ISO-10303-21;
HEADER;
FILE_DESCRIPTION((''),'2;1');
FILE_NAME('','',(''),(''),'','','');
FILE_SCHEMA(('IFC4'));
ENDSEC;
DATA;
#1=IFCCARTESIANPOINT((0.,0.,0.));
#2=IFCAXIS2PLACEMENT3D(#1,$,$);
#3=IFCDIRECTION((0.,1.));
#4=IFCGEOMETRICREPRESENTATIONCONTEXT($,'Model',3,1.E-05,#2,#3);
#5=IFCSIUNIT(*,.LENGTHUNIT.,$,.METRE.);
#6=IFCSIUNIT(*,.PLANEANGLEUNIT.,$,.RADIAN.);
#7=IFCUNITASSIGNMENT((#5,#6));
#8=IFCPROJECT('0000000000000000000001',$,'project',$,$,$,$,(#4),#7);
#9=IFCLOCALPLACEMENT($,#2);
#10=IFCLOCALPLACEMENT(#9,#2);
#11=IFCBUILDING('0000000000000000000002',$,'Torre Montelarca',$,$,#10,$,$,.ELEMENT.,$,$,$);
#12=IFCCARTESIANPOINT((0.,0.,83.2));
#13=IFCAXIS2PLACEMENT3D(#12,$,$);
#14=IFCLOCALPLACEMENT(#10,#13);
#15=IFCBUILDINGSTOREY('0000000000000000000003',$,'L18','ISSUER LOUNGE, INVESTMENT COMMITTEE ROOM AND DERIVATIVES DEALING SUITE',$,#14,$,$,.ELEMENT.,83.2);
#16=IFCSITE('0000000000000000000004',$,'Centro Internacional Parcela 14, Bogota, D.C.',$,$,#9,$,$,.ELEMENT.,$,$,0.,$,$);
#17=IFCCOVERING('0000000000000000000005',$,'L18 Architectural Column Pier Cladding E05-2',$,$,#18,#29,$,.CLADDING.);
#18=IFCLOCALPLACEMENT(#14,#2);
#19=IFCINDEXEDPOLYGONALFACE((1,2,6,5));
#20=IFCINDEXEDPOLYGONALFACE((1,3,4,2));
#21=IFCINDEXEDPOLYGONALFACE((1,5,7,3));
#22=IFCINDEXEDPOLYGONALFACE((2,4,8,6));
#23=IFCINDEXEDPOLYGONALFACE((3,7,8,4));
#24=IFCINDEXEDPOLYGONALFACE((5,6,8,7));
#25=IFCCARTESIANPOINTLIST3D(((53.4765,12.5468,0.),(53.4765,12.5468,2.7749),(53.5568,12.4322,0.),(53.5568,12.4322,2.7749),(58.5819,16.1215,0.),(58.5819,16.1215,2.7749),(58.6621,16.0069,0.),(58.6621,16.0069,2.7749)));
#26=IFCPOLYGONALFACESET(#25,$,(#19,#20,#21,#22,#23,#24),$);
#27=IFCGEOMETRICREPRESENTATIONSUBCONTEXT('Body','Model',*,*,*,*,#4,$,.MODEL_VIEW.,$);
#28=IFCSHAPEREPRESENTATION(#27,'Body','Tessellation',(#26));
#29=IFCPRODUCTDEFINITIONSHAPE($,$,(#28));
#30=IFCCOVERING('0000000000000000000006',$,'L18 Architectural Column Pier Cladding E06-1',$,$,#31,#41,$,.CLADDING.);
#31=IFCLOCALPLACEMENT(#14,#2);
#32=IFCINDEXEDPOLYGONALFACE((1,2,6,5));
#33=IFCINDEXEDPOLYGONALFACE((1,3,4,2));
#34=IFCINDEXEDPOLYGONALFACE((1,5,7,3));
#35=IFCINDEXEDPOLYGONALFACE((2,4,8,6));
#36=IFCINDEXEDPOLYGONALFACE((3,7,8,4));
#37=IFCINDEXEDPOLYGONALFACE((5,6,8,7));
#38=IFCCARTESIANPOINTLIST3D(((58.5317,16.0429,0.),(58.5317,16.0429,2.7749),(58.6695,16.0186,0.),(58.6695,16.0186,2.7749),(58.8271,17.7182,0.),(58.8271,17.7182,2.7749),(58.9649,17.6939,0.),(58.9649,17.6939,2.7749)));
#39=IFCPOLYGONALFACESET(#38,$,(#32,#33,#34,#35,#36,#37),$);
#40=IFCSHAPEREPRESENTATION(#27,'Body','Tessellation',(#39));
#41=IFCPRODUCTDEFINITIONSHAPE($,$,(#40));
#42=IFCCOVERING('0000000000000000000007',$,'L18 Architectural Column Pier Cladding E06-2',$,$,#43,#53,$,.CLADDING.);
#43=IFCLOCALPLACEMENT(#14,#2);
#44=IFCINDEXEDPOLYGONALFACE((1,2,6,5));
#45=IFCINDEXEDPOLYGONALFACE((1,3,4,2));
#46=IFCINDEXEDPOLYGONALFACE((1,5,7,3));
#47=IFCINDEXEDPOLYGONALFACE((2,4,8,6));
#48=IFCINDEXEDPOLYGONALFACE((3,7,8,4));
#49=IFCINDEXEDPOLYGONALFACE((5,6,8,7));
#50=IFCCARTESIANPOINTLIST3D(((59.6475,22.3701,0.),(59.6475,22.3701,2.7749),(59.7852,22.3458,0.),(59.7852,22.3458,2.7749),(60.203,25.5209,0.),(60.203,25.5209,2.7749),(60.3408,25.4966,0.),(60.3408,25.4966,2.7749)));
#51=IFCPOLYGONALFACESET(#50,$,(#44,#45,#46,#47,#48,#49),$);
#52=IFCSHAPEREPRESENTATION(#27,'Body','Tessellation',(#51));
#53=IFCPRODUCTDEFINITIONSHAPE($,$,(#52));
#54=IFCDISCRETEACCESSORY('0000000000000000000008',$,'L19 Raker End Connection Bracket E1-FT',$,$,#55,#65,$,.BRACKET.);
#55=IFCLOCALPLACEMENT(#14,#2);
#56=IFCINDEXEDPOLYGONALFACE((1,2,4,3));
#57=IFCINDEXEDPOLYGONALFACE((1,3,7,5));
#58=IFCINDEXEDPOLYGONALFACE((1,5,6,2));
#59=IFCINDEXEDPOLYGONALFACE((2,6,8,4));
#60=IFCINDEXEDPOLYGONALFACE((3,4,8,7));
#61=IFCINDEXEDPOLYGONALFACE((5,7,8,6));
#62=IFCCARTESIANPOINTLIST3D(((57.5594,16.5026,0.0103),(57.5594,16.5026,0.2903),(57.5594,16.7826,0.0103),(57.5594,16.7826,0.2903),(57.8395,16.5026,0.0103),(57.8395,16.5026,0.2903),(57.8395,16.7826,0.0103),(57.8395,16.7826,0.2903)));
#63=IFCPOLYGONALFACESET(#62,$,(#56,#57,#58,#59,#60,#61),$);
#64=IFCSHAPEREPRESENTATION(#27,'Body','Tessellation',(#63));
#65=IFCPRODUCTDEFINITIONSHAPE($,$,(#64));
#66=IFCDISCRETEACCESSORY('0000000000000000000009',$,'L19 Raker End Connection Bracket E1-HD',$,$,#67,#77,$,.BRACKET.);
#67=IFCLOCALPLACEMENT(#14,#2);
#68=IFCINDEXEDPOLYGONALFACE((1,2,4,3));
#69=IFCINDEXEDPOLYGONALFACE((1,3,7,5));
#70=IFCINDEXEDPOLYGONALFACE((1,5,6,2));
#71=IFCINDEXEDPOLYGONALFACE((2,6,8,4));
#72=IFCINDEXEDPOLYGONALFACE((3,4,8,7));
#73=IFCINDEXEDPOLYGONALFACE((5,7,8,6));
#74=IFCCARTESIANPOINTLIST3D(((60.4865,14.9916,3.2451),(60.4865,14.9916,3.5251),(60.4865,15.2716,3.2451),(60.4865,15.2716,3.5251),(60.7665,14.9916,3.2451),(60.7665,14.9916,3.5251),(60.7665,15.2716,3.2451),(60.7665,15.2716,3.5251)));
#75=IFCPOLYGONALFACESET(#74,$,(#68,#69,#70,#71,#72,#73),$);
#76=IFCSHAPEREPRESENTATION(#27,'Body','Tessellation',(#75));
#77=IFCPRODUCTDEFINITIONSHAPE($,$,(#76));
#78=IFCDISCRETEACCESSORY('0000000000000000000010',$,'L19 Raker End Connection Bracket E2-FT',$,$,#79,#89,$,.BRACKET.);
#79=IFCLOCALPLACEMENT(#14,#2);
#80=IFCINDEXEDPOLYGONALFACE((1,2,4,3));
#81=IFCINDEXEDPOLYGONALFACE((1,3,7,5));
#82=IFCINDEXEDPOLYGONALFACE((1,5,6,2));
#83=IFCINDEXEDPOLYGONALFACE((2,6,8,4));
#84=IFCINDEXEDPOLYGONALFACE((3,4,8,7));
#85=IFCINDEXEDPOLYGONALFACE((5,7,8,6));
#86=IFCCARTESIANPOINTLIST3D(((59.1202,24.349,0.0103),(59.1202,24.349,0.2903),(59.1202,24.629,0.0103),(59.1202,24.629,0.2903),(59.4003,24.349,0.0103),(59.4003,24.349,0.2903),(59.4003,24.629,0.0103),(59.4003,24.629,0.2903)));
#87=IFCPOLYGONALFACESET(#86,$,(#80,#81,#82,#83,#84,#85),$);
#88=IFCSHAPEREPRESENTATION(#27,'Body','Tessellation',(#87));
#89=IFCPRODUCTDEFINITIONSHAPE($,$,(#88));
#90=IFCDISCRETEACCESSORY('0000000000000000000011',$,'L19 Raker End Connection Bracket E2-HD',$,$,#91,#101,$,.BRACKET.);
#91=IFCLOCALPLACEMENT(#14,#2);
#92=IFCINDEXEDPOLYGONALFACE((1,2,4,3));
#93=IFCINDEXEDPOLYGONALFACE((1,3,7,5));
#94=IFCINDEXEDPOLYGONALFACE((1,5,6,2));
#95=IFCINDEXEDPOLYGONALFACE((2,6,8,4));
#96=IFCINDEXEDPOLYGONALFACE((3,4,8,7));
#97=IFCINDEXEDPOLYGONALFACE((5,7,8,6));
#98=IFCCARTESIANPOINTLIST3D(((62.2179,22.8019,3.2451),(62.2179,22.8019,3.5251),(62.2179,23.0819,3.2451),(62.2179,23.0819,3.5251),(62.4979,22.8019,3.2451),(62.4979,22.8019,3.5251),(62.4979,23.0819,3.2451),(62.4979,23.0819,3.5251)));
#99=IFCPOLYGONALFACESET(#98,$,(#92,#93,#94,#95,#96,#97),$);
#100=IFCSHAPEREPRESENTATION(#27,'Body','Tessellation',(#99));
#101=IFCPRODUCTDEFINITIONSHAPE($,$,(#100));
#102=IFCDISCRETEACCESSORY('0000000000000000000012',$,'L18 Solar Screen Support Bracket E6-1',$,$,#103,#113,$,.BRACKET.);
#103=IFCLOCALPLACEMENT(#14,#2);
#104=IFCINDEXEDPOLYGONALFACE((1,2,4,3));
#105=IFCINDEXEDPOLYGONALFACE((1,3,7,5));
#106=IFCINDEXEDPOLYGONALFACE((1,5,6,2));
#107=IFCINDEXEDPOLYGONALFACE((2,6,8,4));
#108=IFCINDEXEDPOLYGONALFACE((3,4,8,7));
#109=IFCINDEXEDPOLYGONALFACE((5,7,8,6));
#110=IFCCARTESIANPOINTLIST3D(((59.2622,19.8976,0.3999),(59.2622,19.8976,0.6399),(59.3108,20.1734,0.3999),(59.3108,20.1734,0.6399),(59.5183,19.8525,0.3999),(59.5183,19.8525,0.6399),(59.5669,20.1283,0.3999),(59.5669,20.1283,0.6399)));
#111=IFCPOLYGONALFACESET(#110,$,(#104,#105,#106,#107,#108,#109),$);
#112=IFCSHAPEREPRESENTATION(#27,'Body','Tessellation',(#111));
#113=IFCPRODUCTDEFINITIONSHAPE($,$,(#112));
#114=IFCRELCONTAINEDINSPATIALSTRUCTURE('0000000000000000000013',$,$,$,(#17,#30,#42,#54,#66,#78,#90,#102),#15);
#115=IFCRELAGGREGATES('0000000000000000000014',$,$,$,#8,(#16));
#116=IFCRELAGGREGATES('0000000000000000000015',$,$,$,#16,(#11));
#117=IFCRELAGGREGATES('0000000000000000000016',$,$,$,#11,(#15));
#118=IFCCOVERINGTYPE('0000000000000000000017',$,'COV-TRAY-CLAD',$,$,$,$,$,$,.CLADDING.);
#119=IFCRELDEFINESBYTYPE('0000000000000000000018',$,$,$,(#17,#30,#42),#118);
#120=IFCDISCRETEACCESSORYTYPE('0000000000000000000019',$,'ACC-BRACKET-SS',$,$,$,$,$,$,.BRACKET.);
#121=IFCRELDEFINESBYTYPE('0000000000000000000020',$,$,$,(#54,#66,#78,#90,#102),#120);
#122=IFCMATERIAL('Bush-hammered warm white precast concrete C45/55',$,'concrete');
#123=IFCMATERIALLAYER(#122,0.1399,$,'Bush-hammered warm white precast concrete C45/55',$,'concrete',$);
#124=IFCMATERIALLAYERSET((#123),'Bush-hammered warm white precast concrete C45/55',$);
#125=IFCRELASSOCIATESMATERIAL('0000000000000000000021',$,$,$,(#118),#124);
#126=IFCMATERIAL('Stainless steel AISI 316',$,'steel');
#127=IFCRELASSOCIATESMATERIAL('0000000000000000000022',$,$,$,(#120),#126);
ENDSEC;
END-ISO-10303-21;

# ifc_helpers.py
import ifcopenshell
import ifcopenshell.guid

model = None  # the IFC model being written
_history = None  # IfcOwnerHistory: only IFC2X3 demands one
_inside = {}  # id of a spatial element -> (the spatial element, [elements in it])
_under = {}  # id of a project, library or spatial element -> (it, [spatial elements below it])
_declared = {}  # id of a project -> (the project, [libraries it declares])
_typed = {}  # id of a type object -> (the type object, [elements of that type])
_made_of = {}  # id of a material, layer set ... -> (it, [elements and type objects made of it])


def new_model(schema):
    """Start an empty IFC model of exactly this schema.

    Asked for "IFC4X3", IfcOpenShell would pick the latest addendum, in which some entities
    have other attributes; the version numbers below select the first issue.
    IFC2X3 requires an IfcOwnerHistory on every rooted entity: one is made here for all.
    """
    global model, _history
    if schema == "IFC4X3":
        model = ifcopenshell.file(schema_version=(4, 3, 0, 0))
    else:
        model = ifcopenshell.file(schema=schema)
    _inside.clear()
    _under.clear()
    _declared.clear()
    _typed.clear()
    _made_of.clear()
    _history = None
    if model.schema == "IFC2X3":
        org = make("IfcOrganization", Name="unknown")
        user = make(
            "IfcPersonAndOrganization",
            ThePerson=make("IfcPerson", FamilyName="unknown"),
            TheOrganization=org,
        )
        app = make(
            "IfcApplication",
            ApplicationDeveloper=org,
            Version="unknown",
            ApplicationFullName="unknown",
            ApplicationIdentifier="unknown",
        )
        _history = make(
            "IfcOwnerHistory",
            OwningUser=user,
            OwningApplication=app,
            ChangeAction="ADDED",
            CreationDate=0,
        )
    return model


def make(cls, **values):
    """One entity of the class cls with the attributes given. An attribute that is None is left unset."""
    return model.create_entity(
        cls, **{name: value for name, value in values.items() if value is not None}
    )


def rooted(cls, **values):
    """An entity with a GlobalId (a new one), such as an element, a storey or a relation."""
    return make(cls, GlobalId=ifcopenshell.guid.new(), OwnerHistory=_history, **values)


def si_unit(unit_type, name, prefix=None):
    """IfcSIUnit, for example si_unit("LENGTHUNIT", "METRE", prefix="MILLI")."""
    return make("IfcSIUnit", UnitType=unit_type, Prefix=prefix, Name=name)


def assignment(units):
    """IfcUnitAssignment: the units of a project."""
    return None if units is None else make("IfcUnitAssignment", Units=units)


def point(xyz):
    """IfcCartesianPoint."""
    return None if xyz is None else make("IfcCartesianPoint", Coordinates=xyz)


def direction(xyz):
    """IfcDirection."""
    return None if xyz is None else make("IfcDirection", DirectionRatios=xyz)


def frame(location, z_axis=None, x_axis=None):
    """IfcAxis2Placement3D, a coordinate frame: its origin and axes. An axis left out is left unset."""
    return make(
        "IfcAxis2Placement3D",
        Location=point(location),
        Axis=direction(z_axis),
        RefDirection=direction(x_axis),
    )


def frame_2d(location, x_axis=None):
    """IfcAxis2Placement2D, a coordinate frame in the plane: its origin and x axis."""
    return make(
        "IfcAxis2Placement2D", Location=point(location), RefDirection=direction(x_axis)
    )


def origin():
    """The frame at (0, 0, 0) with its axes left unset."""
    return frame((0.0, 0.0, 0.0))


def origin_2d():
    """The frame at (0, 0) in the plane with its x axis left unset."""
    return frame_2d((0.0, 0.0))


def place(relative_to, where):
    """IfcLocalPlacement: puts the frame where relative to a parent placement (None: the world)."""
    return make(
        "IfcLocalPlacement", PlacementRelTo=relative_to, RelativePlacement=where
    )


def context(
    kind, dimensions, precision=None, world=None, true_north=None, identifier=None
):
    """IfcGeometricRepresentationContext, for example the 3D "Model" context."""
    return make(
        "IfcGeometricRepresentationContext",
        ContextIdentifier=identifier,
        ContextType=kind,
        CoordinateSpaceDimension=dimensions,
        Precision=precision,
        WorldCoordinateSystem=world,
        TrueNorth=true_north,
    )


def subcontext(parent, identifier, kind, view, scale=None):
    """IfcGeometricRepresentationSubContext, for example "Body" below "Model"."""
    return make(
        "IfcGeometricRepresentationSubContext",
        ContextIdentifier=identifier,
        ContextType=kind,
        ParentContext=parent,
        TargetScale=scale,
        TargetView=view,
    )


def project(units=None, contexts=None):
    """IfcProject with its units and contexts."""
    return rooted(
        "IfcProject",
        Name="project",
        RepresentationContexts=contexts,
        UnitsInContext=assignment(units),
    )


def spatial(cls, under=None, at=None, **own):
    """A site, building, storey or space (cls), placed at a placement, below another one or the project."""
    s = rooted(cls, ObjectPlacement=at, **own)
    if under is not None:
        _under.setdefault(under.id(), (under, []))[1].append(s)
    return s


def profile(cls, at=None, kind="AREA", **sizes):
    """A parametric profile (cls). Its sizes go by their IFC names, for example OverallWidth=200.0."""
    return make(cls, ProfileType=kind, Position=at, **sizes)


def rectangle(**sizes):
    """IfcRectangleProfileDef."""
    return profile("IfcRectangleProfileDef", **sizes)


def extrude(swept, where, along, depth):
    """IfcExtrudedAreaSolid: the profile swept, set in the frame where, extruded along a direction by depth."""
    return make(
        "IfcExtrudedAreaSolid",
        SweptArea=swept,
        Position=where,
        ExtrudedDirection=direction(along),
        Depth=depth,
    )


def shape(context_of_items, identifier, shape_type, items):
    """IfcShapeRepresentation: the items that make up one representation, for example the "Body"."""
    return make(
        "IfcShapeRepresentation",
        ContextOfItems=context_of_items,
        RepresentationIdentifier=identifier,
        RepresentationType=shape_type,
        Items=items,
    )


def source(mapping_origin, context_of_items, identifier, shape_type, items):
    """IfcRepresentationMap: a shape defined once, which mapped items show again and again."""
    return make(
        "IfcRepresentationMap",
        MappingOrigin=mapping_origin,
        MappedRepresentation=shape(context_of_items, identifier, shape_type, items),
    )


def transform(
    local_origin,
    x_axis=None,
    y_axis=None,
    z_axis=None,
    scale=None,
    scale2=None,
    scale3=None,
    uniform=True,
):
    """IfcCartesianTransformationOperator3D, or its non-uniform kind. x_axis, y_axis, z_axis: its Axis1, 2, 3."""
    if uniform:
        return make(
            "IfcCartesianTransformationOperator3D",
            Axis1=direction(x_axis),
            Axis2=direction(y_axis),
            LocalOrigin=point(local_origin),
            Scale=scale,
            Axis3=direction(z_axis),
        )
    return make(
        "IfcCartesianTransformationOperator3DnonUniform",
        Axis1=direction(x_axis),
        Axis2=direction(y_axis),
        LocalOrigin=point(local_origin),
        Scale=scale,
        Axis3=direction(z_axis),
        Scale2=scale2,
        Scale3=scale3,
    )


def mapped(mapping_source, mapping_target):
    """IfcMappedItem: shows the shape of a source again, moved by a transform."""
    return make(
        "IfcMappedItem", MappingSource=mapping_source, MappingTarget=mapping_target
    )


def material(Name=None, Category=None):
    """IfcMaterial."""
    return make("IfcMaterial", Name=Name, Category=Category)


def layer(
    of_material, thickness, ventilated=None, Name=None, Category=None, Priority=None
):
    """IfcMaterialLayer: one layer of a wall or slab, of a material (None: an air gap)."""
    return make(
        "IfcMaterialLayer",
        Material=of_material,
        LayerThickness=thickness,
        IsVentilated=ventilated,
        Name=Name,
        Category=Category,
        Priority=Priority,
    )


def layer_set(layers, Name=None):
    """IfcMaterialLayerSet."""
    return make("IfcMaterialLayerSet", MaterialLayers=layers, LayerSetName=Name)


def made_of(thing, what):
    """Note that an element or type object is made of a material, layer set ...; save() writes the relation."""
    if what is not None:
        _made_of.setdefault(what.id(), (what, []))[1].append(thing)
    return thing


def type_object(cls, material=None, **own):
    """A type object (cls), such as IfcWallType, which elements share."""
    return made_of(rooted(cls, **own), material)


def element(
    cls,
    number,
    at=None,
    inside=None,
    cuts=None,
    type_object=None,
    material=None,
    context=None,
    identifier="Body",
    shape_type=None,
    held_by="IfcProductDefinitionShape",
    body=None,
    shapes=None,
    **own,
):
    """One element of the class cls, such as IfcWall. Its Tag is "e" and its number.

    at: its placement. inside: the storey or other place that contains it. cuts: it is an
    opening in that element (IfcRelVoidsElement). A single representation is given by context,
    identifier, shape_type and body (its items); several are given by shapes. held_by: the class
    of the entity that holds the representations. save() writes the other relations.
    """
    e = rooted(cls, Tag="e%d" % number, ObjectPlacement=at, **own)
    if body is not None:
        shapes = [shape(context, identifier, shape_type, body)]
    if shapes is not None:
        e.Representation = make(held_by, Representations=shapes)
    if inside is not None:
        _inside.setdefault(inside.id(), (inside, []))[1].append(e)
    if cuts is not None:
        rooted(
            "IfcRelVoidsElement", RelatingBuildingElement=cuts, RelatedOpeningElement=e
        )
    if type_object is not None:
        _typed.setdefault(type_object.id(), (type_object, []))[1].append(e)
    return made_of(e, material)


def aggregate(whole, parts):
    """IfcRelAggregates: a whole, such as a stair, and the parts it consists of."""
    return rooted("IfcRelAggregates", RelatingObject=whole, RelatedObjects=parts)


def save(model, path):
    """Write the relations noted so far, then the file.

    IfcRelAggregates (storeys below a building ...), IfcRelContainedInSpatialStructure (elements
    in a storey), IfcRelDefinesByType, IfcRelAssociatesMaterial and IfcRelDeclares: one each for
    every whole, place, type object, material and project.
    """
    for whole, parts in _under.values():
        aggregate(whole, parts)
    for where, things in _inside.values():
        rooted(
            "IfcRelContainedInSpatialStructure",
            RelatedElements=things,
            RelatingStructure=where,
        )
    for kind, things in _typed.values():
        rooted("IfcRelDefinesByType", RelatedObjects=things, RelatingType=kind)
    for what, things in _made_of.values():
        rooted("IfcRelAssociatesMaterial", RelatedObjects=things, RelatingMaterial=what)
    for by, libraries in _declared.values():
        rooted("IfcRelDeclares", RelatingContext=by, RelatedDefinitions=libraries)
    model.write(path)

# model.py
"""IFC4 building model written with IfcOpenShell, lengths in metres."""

from ifc_helpers import new_model, si_unit, direction, frame, origin, origin_2d, place, context, subcontext, project, spatial, rectangle, extrude, source, transform, mapped, material, layer, layer_set, type_object, element, save


model = new_model("IFC4")

# Units and contexts
model_context = context("Model", 3, precision=1e-05, world=origin(), true_north=direction((0.0, 1.0)))
body_context = subcontext(model_context, "Body", "Model", "MODEL_VIEW")
ifc_project = project(units=[si_unit("LENGTHUNIT", "METRE"), si_unit("PLANEANGLEUNIT", "RADIAN")], contexts=[model_context])

# Site, building, storey
site_placement = place(None, origin())
site = spatial("IfcSite", under=ifc_project, at=site_placement, Name="Centro Internacional Parcela 14, Bogota, D.C.", CompositionType="ELEMENT", RefElevation=0.0)
building_placement = place(site_placement, origin())
building = spatial("IfcBuilding", under=site, at=building_placement, Name="Torre Montelarca", CompositionType="ELEMENT")
storey_placement = place(building_placement, frame((0.0, 0.0, 83.2)))
storey = spatial("IfcBuildingStorey", under=building, at=storey_placement, Name="L18", Description="ISSUER LOUNGE, INVESTMENT COMMITTEE ROOM AND DERIVATIVES DEALING SUITE", CompositionType="ELEMENT", Elevation=83.2)

# Shared definitions
ifc_material_1 = material(Name="Bush-hammered warm white precast concrete C45/55", Category="concrete")
ifc_layer_1 = layer(ifc_material_1, 0.1399, Name="Bush-hammered warm white precast concrete C45/55", Category="concrete")
ifc_layer_set_1 = layer_set([ifc_layer_1], Name="Bush-hammered warm white precast concrete C45/55")
covering_type = type_object("IfcCoveringType", Name="COV-TRAY-CLAD", PredefinedType="CLADDING", material=ifc_layer_set_1)

# Coverings
shared_shape_1 = source(origin(), body_context, "Body", "SweptSolid", [
    extrude(rectangle(XDim=6.2324, YDim=0.1399, at=origin_2d()), origin(), (0.0, 0.0, 1.0), 2.7749),
])
covering_1_placement = place(storey_placement, frame((56.0693, 14.2769, 0.0), z_axis=(0.0, 0.0, 1.0), x_axis=(0.819165, 0.573558, 0.0)))
element("IfcCovering", 1, at=covering_1_placement, inside=storey, type_object=covering_type, Name="L18 Architectural Column Pier Cladding E05-2", PredefinedType="CLADDING", context=body_context, shape_type="MappedRepresentation", body=[
    mapped(shared_shape_1, transform((0.0, 0.0, 0.0), scale=1.0)),
])
shared_shape_2 = source(origin(), body_context, "Body", "SweptSolid", [
    extrude(rectangle(XDim=1.7012, YDim=0.1399, at=origin_2d()), origin(), (0.0, 0.0, 1.0), 2.7749),
])
covering_2_placement = place(storey_placement, frame((58.7483, 16.8684, 0.0), z_axis=(0.0, 0.0, 1.0), x_axis=(0.173646, 0.984808, 0.0)))
element("IfcCovering", 2, at=covering_2_placement, inside=storey, type_object=covering_type, Name="L18 Architectural Column Pier Cladding E06-1", PredefinedType="CLADDING", context=body_context, shape_type="MappedRepresentation", body=[
    mapped(shared_shape_2, transform((0.0, 0.0, 0.0), scale=1.0)),
])
shared_shape_3 = source(origin(), body_context, "Body", "SweptSolid", [
    extrude(rectangle(XDim=3.1995, YDim=0.1399, at=origin_2d()), origin(), (0.0, 0.0, 1.0), 2.7749),
])
covering_3_placement = place(storey_placement, frame((59.9941, 23.9333, 0.0), z_axis=(0.0, 0.0, 1.0), x_axis=(0.173646, 0.984808, 0.0)))
element("IfcCovering", 3, at=covering_3_placement, inside=storey, type_object=covering_type, Name="L18 Architectural Column Pier Cladding E06-2", PredefinedType="CLADDING", context=body_context, shape_type="MappedRepresentation", body=[
    mapped(shared_shape_3, transform((0.0, 0.0, 0.0), scale=1.0)),
])

# Discrete accessories
ifc_material_2 = material(Name="Stainless steel AISI 316", Category="steel")
discrete_accessory_type = type_object("IfcDiscreteAccessoryType", Name="ACC-BRACKET-SS", PredefinedType="BRACKET", material=ifc_material_2)
shared_shape_4 = source(origin(), body_context, "Body", "SweptSolid", [
    extrude(rectangle(XDim=0.28, YDim=0.28, at=origin_2d()), origin(), (0.0, 0.0, 1.0), 0.28),
])
for number, where, z_axis, x_axis, name in (
    (4, (57.6995, 16.6426, 0.0103), (0.0, 0.0, 1.0), (1.0, 0.0, 0.0), "L19 Raker End Connection Bracket E1-FT"),
    (5, (60.6265, 15.1316, 3.2451), (0.0, 0.0, 1.0), (1.0, 0.0, 0.0), "L19 Raker End Connection Bracket E1-HD"),
    (6, (59.2603, 24.489, 0.0103), (0.0, 0.0, 1.0), (1.0, 0.0, 0.0), "L19 Raker End Connection Bracket E2-FT"),
    (7, (62.3579, 22.9419, 3.2451), (0.0, 0.0, 1.0), (1.0, 0.0, 0.0), "L19 Raker End Connection Bracket E2-HD"),
):
    element("IfcDiscreteAccessory", number, at=place(storey_placement, frame(where, z_axis=z_axis, x_axis=x_axis)), inside=storey, type_object=discrete_accessory_type, Name=name, PredefinedType="BRACKET", context=body_context, shape_type="MappedRepresentation", body=[
        mapped(shared_shape_4, transform((0.0, 0.0, 0.0), scale=1.0)),
    ])
shared_shape_5 = source(origin(), body_context, "Body", "SweptSolid", [
    extrude(rectangle(XDim=0.28, YDim=0.26, at=origin_2d()), origin(), (0.0, 0.0, 1.0), 0.24),
])
discrete_accessory_placement = place(storey_placement, frame((59.4146, 20.0129, 0.3999), z_axis=(0.0, 0.0, 1.0), x_axis=(0.173648, 0.984808, 0.0)))
element("IfcDiscreteAccessory", 8, at=discrete_accessory_placement, inside=storey, type_object=discrete_accessory_type, Name="L18 Solar Screen Support Bracket E6-1", PredefinedType="BRACKET", context=body_context, shape_type="MappedRepresentation", body=[
    mapped(shared_shape_5, transform((0.0, 0.0, 0.0), scale=1.0)),
])

save(model, "model.ifc")
